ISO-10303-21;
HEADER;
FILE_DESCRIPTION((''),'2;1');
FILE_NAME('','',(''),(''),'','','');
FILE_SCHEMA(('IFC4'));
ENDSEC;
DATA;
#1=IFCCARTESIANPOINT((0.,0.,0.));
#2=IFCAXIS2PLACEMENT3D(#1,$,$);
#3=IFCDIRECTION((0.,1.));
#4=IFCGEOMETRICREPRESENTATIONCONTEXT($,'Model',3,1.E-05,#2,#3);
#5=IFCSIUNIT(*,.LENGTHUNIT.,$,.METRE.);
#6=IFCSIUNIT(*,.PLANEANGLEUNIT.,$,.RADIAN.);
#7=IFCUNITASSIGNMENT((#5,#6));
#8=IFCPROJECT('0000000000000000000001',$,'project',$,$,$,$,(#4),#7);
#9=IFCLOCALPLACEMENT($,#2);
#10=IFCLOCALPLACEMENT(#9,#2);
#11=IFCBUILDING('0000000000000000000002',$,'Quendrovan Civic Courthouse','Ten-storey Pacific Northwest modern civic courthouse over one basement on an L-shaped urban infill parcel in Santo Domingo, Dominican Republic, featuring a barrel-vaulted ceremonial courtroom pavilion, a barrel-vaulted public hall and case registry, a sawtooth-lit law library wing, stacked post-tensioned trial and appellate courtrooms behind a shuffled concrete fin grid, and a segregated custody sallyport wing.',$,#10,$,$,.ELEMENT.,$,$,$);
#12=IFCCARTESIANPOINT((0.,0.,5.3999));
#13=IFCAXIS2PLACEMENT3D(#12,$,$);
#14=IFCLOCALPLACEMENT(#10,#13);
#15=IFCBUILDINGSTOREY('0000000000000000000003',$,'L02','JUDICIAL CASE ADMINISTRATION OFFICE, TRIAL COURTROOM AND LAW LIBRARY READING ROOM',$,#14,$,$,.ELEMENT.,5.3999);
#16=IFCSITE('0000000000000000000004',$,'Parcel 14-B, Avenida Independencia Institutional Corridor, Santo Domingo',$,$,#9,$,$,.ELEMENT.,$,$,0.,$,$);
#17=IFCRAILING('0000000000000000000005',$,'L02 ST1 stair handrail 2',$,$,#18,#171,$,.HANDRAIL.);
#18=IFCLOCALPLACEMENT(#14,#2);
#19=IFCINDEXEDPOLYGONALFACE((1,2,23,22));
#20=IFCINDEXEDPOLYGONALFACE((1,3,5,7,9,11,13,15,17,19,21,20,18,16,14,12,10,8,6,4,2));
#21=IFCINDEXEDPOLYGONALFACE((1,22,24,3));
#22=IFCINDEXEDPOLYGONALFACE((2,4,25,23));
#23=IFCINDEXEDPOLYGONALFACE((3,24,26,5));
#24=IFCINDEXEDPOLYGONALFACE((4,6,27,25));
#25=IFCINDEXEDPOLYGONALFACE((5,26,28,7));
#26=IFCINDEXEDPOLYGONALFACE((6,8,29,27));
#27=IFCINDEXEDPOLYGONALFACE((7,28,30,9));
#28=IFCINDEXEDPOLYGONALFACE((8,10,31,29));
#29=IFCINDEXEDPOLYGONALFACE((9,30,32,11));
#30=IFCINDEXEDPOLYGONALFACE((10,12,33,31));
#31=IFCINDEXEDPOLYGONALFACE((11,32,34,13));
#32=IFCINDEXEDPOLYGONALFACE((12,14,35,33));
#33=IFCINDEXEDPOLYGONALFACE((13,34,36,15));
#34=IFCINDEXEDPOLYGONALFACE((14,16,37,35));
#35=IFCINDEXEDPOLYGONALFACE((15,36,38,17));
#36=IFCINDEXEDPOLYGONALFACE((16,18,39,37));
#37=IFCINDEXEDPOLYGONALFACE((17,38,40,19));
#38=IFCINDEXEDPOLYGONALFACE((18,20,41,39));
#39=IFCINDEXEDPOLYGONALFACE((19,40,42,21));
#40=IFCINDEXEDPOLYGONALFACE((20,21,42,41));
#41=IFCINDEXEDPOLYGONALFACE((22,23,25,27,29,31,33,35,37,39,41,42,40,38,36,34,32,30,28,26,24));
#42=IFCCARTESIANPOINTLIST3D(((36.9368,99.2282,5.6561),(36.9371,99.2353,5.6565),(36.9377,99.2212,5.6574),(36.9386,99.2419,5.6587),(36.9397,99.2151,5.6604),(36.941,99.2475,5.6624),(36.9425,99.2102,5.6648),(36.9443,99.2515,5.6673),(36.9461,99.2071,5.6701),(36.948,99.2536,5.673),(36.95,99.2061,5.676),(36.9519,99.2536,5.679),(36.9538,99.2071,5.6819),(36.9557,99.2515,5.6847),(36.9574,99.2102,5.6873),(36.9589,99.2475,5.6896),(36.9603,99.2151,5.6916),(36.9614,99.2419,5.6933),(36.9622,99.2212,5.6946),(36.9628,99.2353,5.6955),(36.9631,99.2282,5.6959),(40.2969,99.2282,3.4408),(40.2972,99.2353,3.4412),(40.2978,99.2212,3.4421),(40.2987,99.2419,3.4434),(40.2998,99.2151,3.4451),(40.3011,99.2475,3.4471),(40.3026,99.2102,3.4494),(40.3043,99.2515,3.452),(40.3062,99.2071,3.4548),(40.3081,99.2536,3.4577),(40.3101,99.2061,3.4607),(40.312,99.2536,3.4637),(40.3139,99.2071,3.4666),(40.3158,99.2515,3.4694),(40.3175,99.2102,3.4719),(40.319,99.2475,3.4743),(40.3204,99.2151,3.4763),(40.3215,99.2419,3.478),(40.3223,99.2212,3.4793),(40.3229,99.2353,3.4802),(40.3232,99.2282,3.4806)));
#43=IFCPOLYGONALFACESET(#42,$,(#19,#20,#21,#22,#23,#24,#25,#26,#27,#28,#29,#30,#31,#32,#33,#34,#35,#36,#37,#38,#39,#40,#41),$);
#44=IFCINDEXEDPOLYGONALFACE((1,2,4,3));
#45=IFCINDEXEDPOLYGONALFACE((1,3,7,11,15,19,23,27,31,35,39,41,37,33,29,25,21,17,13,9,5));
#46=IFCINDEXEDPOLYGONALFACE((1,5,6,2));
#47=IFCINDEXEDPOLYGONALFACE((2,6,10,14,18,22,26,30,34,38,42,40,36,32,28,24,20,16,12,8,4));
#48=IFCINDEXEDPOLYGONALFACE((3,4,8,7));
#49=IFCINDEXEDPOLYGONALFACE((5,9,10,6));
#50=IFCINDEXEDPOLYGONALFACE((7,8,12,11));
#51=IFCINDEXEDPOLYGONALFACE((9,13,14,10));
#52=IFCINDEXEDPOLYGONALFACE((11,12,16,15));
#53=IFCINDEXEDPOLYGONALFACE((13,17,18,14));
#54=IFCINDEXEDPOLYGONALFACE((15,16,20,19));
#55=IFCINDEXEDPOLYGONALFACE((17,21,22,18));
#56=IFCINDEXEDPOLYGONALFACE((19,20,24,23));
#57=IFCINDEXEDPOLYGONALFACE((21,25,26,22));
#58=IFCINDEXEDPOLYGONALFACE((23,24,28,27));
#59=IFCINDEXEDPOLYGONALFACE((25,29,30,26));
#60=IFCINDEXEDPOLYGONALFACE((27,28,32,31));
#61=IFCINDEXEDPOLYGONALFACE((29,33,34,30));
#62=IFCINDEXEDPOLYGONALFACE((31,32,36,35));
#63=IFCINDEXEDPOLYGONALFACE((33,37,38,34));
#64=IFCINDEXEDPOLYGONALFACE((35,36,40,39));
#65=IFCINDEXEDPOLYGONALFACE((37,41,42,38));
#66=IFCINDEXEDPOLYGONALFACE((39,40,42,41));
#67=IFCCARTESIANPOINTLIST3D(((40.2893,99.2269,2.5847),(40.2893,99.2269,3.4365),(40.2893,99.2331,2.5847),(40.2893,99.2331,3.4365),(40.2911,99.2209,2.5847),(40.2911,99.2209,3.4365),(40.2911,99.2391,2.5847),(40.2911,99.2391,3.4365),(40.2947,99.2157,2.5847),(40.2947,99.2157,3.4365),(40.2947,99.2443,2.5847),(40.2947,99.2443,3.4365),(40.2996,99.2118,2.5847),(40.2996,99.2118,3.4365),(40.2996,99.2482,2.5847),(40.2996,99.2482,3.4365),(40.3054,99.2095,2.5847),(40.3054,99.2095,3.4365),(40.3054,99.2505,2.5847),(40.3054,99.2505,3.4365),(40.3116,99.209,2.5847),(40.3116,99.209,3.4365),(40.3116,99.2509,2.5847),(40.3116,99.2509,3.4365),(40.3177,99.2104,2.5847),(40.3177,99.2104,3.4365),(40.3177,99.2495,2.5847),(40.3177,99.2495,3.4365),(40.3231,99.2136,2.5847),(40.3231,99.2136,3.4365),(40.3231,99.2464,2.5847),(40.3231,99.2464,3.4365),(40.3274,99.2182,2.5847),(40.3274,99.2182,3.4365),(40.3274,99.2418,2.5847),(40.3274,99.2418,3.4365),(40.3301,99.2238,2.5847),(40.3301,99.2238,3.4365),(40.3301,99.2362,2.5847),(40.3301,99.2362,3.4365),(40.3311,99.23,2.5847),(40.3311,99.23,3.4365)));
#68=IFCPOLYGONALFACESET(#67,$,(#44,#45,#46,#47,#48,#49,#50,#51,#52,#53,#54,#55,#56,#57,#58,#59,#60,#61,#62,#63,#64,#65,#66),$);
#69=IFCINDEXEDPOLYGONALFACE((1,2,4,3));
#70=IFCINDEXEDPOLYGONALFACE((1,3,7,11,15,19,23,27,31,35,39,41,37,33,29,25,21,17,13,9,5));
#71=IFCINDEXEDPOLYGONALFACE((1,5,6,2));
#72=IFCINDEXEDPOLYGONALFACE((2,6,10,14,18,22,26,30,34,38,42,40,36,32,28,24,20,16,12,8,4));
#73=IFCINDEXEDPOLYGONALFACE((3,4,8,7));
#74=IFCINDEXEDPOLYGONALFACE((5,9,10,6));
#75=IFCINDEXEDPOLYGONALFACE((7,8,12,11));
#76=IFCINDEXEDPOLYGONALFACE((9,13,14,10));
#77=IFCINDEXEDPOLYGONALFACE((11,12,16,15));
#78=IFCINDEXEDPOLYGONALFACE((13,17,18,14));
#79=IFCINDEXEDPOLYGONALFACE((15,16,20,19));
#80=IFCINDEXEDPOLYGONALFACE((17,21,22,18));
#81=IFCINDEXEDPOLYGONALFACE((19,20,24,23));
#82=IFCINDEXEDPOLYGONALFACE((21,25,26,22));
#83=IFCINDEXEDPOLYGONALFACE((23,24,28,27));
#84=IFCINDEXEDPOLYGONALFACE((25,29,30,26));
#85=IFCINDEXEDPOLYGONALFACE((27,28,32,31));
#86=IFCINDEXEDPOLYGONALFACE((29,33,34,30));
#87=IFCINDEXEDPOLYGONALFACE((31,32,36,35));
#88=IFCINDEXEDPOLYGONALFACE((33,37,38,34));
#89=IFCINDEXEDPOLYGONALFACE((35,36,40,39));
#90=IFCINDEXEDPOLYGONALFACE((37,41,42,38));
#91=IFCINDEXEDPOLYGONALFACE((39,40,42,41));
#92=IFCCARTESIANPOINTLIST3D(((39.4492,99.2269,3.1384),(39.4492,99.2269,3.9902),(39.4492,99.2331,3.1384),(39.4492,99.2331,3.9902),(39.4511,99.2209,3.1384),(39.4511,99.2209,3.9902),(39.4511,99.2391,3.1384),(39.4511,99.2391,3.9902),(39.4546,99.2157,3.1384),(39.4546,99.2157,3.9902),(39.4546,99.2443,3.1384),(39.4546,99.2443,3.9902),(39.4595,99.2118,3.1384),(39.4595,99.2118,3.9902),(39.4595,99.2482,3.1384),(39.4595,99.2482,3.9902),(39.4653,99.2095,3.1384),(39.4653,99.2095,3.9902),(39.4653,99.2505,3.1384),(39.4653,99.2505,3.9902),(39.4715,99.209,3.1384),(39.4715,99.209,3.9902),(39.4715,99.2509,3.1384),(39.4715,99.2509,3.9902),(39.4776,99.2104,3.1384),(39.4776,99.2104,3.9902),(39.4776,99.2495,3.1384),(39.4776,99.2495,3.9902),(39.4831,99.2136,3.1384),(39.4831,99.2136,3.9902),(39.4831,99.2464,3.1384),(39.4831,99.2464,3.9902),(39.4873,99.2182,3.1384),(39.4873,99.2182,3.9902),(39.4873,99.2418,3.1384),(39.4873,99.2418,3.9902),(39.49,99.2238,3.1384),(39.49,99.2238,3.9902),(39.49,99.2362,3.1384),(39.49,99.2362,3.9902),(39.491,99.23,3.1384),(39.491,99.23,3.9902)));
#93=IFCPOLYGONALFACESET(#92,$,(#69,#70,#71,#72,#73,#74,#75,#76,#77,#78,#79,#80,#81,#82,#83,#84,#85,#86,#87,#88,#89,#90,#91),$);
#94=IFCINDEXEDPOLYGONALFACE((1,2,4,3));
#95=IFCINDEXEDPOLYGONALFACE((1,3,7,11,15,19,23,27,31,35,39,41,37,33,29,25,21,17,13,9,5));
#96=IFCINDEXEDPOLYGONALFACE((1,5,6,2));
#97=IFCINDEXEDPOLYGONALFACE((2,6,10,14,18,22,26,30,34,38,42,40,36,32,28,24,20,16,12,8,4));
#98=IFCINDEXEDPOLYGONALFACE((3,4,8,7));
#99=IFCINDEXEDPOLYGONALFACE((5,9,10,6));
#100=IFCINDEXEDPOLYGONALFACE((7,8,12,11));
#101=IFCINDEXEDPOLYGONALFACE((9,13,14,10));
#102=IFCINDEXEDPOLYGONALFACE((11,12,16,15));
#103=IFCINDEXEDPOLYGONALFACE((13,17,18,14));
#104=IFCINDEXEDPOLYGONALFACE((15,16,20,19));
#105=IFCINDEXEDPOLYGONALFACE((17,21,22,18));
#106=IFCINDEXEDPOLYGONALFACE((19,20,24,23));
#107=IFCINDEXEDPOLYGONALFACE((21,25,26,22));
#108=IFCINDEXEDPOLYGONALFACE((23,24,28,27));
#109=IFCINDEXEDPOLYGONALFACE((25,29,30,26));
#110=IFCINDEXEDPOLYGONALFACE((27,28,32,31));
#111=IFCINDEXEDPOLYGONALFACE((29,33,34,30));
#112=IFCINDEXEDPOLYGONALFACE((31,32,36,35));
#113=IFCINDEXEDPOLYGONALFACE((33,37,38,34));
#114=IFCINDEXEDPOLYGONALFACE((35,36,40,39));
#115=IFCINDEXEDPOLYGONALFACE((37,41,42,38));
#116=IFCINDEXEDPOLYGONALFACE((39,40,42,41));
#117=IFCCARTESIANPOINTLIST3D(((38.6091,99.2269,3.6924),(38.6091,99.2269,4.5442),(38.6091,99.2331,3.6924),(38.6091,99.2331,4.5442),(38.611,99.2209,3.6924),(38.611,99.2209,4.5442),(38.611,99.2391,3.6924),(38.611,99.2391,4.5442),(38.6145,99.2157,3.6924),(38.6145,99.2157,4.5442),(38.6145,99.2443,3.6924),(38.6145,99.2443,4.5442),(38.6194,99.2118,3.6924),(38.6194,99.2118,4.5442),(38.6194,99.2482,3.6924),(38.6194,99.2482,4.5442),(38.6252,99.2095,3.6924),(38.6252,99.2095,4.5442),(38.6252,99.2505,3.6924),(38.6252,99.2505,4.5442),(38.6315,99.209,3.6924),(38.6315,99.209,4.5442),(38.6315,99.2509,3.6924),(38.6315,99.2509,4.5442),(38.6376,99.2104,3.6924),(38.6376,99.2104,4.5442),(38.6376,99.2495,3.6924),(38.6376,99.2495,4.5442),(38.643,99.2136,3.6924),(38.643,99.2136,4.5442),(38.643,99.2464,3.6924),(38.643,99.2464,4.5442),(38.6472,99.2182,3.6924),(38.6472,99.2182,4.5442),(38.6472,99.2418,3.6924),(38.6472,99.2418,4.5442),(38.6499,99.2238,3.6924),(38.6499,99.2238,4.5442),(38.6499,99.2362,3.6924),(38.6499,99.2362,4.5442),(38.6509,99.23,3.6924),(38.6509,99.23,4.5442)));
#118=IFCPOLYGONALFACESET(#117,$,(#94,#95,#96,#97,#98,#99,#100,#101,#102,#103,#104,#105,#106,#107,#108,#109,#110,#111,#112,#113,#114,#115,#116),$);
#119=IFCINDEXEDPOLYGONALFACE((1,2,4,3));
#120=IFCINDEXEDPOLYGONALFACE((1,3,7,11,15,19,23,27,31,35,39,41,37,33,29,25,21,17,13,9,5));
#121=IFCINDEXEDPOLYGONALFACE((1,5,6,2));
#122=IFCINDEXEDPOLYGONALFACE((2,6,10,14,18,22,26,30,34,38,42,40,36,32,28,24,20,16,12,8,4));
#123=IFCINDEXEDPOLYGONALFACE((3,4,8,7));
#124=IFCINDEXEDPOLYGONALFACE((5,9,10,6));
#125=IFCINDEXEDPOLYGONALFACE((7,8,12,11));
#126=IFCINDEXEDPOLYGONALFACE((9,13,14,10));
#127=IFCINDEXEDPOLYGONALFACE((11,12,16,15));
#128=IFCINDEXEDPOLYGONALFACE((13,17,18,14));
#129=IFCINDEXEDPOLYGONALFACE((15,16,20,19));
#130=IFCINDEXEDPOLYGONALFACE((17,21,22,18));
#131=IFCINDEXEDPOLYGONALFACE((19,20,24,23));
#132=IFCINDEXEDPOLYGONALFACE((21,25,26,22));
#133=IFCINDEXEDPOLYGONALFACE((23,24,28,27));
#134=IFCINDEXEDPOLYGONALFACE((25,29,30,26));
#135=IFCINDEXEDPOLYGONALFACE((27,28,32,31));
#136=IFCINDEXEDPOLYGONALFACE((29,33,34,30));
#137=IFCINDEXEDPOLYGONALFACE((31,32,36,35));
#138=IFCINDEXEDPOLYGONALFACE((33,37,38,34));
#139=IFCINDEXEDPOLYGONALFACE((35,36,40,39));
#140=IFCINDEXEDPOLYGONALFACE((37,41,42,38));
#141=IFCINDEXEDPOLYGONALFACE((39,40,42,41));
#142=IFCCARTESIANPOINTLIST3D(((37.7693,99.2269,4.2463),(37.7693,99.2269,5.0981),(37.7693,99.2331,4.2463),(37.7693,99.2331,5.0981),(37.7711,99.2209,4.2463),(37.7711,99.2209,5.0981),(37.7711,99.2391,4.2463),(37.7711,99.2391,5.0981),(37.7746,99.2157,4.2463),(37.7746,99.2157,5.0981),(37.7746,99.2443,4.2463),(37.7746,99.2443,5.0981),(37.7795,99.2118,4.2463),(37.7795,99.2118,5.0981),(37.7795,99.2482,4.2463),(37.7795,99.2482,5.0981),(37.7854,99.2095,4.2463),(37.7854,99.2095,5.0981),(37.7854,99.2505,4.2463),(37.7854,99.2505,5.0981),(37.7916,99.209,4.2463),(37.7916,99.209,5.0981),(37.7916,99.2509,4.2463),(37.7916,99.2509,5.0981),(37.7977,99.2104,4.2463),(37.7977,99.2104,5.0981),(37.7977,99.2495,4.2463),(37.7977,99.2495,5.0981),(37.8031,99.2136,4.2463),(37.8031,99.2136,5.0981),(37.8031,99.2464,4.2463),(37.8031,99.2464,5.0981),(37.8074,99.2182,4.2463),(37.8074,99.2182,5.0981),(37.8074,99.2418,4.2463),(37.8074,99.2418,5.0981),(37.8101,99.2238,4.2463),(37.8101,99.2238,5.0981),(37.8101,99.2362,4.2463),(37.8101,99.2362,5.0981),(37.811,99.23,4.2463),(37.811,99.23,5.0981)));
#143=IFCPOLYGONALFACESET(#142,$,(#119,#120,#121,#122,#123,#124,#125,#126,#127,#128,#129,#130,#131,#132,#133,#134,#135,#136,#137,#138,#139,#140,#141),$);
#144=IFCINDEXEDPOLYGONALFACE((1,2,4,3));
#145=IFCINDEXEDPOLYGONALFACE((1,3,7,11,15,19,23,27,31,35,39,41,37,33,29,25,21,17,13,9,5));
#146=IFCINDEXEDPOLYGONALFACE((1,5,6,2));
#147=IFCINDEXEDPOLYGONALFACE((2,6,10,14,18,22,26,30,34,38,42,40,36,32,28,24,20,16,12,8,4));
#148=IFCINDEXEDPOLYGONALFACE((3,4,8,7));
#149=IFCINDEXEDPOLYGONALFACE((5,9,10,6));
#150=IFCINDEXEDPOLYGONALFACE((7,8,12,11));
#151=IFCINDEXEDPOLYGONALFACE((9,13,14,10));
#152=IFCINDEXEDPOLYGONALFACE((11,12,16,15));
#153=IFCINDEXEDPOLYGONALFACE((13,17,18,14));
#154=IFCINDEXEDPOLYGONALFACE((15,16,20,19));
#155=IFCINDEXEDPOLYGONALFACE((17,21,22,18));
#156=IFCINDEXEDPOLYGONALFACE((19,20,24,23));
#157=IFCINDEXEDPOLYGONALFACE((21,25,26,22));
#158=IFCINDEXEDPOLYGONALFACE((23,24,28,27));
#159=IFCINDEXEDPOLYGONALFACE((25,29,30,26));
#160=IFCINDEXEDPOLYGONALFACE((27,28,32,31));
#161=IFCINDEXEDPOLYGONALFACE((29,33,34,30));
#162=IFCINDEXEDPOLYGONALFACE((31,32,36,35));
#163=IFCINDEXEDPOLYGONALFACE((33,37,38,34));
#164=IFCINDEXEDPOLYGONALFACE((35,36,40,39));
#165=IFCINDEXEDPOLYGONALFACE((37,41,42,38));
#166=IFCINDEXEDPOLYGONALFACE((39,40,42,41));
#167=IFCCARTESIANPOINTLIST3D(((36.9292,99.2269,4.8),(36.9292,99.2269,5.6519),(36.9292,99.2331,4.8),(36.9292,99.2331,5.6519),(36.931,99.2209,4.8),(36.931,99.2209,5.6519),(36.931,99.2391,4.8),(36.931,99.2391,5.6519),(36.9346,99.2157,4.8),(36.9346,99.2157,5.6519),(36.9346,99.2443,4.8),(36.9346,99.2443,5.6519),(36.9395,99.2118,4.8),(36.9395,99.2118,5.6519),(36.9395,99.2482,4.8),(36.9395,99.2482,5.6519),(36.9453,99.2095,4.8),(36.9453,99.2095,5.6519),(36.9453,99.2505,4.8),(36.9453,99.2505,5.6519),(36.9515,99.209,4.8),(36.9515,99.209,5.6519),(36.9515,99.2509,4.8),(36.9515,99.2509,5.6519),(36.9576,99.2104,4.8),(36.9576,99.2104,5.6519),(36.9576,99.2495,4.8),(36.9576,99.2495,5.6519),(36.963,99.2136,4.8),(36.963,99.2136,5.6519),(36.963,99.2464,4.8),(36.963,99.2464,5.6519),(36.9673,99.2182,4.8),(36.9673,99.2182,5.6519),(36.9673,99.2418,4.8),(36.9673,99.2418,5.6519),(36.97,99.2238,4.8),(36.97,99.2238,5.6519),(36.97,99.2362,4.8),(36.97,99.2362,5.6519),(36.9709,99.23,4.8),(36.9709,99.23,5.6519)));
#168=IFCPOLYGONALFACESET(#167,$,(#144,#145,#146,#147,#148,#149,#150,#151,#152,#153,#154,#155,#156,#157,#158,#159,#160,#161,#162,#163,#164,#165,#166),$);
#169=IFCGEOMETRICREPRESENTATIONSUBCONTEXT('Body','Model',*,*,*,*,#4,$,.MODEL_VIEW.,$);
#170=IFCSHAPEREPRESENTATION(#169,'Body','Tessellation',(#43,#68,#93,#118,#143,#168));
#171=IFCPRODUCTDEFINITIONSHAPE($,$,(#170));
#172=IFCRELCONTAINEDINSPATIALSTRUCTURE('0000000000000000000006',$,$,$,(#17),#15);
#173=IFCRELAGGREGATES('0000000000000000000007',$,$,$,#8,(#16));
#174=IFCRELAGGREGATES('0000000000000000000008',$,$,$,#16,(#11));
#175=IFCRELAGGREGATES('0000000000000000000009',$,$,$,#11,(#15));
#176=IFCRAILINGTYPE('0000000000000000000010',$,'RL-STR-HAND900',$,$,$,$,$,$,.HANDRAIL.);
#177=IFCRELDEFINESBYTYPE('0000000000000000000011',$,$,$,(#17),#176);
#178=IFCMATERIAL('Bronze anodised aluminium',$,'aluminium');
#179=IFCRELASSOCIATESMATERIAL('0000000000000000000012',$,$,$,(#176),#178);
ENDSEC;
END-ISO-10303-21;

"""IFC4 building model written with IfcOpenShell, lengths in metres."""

from ifc_helpers import new_model, si_unit, direction, frame, origin, origin_2d, place, context, subcontext, project, spatial, circle, extrude, material, type_object, element, save


model = new_model("IFC4")

# Units and contexts
model_context = context("Model", 3, precision=1e-05, world=origin(), true_north=direction((0.0, 1.0)))
body_context = subcontext(model_context, "Body", "Model", "MODEL_VIEW")
ifc_project = project(units=[si_unit("LENGTHUNIT", "METRE"), si_unit("PLANEANGLEUNIT", "RADIAN")], contexts=[model_context])

# Site, building, storey
site_placement = place(None, origin())
site = spatial("IfcSite", under=ifc_project, at=site_placement, Name="Parcel 14-B, Avenida Independencia Institutional Corridor, Santo Domingo", CompositionType="ELEMENT", RefElevation=0.0)
building_placement = place(site_placement, origin())
building = spatial("IfcBuilding", under=site, at=building_placement, Name="Quendrovan Civic Courthouse", Description="Ten-storey Pacific Northwest modern civic courthouse over one basement on an L-shaped urban infill parcel in Santo Domingo, Dominican Republic, featuring a barrel-vaulted ceremonial courtroom pavilion, a barrel-vaulted public hall and case registry, a sawtooth-lit law library wing, stacked post-tensioned trial and appellate courtrooms behind a shuffled concrete fin grid, and a segregated custody sallyport wing.", CompositionType="ELEMENT")
storey_placement = place(building_placement, frame((0.0, 0.0, 5.3999)))
storey = spatial("IfcBuildingStorey", under=building, at=storey_placement, Name="L02", Description="JUDICIAL CASE ADMINISTRATION OFFICE, TRIAL COURTROOM AND LAW LIBRARY READING ROOM", CompositionType="ELEMENT", Elevation=5.3999)

# Railing
ifc_material_1 = material(Name="Bronze anodised aluminium", Category="aluminium")
railing_type = type_object("IfcRailingType", Name="RL-STR-HAND900", PredefinedType="HANDRAIL", material=ifc_material_1)
railing_placement = place(storey_placement, frame((40.3101, 99.23, 2.5847)))
element("IfcRailing", 1, at=railing_placement, inside=storey, type_object=railing_type, Name="L02 ST1 stair handrail 2", PredefinedType="HANDRAIL", context=body_context, shape_type="SweptSolid", body=[
    extrude(circle(Radius=0.0239, at=origin_2d()), frame((0.0, 0.0, 0.876), z_axis=(-0.834876, 0.0, 0.550437), x_axis=(0.0, -1.0, 0.0)), (0.0, 0.0, 1.0), 4.0247),
    extrude(circle(Radius=0.021, at=origin_2d()), origin(), (0.0, 0.0, 1.0), 0.8518),
    extrude(circle(Radius=0.021, at=origin_2d()), frame((-0.8401, 0.0, 0.5537)), (0.0, 0.0, 1.0), 0.8518),
    extrude(circle(Radius=0.021, at=origin_2d()), frame((-1.6802, 0.0, 1.1077)), (0.0, 0.0, 1.0), 0.8518),
    extrude(circle(Radius=0.021, at=origin_2d()), frame((-2.52, 0.0, 1.6616)), (0.0, 0.0, 1.0), 0.8518),
    extrude(circle(Radius=0.021, at=origin_2d()), frame((-3.3601, 0.0, 2.2153)), (0.0, 0.0, 1.0), 0.8518),
])

save(model, "model.ifc")
